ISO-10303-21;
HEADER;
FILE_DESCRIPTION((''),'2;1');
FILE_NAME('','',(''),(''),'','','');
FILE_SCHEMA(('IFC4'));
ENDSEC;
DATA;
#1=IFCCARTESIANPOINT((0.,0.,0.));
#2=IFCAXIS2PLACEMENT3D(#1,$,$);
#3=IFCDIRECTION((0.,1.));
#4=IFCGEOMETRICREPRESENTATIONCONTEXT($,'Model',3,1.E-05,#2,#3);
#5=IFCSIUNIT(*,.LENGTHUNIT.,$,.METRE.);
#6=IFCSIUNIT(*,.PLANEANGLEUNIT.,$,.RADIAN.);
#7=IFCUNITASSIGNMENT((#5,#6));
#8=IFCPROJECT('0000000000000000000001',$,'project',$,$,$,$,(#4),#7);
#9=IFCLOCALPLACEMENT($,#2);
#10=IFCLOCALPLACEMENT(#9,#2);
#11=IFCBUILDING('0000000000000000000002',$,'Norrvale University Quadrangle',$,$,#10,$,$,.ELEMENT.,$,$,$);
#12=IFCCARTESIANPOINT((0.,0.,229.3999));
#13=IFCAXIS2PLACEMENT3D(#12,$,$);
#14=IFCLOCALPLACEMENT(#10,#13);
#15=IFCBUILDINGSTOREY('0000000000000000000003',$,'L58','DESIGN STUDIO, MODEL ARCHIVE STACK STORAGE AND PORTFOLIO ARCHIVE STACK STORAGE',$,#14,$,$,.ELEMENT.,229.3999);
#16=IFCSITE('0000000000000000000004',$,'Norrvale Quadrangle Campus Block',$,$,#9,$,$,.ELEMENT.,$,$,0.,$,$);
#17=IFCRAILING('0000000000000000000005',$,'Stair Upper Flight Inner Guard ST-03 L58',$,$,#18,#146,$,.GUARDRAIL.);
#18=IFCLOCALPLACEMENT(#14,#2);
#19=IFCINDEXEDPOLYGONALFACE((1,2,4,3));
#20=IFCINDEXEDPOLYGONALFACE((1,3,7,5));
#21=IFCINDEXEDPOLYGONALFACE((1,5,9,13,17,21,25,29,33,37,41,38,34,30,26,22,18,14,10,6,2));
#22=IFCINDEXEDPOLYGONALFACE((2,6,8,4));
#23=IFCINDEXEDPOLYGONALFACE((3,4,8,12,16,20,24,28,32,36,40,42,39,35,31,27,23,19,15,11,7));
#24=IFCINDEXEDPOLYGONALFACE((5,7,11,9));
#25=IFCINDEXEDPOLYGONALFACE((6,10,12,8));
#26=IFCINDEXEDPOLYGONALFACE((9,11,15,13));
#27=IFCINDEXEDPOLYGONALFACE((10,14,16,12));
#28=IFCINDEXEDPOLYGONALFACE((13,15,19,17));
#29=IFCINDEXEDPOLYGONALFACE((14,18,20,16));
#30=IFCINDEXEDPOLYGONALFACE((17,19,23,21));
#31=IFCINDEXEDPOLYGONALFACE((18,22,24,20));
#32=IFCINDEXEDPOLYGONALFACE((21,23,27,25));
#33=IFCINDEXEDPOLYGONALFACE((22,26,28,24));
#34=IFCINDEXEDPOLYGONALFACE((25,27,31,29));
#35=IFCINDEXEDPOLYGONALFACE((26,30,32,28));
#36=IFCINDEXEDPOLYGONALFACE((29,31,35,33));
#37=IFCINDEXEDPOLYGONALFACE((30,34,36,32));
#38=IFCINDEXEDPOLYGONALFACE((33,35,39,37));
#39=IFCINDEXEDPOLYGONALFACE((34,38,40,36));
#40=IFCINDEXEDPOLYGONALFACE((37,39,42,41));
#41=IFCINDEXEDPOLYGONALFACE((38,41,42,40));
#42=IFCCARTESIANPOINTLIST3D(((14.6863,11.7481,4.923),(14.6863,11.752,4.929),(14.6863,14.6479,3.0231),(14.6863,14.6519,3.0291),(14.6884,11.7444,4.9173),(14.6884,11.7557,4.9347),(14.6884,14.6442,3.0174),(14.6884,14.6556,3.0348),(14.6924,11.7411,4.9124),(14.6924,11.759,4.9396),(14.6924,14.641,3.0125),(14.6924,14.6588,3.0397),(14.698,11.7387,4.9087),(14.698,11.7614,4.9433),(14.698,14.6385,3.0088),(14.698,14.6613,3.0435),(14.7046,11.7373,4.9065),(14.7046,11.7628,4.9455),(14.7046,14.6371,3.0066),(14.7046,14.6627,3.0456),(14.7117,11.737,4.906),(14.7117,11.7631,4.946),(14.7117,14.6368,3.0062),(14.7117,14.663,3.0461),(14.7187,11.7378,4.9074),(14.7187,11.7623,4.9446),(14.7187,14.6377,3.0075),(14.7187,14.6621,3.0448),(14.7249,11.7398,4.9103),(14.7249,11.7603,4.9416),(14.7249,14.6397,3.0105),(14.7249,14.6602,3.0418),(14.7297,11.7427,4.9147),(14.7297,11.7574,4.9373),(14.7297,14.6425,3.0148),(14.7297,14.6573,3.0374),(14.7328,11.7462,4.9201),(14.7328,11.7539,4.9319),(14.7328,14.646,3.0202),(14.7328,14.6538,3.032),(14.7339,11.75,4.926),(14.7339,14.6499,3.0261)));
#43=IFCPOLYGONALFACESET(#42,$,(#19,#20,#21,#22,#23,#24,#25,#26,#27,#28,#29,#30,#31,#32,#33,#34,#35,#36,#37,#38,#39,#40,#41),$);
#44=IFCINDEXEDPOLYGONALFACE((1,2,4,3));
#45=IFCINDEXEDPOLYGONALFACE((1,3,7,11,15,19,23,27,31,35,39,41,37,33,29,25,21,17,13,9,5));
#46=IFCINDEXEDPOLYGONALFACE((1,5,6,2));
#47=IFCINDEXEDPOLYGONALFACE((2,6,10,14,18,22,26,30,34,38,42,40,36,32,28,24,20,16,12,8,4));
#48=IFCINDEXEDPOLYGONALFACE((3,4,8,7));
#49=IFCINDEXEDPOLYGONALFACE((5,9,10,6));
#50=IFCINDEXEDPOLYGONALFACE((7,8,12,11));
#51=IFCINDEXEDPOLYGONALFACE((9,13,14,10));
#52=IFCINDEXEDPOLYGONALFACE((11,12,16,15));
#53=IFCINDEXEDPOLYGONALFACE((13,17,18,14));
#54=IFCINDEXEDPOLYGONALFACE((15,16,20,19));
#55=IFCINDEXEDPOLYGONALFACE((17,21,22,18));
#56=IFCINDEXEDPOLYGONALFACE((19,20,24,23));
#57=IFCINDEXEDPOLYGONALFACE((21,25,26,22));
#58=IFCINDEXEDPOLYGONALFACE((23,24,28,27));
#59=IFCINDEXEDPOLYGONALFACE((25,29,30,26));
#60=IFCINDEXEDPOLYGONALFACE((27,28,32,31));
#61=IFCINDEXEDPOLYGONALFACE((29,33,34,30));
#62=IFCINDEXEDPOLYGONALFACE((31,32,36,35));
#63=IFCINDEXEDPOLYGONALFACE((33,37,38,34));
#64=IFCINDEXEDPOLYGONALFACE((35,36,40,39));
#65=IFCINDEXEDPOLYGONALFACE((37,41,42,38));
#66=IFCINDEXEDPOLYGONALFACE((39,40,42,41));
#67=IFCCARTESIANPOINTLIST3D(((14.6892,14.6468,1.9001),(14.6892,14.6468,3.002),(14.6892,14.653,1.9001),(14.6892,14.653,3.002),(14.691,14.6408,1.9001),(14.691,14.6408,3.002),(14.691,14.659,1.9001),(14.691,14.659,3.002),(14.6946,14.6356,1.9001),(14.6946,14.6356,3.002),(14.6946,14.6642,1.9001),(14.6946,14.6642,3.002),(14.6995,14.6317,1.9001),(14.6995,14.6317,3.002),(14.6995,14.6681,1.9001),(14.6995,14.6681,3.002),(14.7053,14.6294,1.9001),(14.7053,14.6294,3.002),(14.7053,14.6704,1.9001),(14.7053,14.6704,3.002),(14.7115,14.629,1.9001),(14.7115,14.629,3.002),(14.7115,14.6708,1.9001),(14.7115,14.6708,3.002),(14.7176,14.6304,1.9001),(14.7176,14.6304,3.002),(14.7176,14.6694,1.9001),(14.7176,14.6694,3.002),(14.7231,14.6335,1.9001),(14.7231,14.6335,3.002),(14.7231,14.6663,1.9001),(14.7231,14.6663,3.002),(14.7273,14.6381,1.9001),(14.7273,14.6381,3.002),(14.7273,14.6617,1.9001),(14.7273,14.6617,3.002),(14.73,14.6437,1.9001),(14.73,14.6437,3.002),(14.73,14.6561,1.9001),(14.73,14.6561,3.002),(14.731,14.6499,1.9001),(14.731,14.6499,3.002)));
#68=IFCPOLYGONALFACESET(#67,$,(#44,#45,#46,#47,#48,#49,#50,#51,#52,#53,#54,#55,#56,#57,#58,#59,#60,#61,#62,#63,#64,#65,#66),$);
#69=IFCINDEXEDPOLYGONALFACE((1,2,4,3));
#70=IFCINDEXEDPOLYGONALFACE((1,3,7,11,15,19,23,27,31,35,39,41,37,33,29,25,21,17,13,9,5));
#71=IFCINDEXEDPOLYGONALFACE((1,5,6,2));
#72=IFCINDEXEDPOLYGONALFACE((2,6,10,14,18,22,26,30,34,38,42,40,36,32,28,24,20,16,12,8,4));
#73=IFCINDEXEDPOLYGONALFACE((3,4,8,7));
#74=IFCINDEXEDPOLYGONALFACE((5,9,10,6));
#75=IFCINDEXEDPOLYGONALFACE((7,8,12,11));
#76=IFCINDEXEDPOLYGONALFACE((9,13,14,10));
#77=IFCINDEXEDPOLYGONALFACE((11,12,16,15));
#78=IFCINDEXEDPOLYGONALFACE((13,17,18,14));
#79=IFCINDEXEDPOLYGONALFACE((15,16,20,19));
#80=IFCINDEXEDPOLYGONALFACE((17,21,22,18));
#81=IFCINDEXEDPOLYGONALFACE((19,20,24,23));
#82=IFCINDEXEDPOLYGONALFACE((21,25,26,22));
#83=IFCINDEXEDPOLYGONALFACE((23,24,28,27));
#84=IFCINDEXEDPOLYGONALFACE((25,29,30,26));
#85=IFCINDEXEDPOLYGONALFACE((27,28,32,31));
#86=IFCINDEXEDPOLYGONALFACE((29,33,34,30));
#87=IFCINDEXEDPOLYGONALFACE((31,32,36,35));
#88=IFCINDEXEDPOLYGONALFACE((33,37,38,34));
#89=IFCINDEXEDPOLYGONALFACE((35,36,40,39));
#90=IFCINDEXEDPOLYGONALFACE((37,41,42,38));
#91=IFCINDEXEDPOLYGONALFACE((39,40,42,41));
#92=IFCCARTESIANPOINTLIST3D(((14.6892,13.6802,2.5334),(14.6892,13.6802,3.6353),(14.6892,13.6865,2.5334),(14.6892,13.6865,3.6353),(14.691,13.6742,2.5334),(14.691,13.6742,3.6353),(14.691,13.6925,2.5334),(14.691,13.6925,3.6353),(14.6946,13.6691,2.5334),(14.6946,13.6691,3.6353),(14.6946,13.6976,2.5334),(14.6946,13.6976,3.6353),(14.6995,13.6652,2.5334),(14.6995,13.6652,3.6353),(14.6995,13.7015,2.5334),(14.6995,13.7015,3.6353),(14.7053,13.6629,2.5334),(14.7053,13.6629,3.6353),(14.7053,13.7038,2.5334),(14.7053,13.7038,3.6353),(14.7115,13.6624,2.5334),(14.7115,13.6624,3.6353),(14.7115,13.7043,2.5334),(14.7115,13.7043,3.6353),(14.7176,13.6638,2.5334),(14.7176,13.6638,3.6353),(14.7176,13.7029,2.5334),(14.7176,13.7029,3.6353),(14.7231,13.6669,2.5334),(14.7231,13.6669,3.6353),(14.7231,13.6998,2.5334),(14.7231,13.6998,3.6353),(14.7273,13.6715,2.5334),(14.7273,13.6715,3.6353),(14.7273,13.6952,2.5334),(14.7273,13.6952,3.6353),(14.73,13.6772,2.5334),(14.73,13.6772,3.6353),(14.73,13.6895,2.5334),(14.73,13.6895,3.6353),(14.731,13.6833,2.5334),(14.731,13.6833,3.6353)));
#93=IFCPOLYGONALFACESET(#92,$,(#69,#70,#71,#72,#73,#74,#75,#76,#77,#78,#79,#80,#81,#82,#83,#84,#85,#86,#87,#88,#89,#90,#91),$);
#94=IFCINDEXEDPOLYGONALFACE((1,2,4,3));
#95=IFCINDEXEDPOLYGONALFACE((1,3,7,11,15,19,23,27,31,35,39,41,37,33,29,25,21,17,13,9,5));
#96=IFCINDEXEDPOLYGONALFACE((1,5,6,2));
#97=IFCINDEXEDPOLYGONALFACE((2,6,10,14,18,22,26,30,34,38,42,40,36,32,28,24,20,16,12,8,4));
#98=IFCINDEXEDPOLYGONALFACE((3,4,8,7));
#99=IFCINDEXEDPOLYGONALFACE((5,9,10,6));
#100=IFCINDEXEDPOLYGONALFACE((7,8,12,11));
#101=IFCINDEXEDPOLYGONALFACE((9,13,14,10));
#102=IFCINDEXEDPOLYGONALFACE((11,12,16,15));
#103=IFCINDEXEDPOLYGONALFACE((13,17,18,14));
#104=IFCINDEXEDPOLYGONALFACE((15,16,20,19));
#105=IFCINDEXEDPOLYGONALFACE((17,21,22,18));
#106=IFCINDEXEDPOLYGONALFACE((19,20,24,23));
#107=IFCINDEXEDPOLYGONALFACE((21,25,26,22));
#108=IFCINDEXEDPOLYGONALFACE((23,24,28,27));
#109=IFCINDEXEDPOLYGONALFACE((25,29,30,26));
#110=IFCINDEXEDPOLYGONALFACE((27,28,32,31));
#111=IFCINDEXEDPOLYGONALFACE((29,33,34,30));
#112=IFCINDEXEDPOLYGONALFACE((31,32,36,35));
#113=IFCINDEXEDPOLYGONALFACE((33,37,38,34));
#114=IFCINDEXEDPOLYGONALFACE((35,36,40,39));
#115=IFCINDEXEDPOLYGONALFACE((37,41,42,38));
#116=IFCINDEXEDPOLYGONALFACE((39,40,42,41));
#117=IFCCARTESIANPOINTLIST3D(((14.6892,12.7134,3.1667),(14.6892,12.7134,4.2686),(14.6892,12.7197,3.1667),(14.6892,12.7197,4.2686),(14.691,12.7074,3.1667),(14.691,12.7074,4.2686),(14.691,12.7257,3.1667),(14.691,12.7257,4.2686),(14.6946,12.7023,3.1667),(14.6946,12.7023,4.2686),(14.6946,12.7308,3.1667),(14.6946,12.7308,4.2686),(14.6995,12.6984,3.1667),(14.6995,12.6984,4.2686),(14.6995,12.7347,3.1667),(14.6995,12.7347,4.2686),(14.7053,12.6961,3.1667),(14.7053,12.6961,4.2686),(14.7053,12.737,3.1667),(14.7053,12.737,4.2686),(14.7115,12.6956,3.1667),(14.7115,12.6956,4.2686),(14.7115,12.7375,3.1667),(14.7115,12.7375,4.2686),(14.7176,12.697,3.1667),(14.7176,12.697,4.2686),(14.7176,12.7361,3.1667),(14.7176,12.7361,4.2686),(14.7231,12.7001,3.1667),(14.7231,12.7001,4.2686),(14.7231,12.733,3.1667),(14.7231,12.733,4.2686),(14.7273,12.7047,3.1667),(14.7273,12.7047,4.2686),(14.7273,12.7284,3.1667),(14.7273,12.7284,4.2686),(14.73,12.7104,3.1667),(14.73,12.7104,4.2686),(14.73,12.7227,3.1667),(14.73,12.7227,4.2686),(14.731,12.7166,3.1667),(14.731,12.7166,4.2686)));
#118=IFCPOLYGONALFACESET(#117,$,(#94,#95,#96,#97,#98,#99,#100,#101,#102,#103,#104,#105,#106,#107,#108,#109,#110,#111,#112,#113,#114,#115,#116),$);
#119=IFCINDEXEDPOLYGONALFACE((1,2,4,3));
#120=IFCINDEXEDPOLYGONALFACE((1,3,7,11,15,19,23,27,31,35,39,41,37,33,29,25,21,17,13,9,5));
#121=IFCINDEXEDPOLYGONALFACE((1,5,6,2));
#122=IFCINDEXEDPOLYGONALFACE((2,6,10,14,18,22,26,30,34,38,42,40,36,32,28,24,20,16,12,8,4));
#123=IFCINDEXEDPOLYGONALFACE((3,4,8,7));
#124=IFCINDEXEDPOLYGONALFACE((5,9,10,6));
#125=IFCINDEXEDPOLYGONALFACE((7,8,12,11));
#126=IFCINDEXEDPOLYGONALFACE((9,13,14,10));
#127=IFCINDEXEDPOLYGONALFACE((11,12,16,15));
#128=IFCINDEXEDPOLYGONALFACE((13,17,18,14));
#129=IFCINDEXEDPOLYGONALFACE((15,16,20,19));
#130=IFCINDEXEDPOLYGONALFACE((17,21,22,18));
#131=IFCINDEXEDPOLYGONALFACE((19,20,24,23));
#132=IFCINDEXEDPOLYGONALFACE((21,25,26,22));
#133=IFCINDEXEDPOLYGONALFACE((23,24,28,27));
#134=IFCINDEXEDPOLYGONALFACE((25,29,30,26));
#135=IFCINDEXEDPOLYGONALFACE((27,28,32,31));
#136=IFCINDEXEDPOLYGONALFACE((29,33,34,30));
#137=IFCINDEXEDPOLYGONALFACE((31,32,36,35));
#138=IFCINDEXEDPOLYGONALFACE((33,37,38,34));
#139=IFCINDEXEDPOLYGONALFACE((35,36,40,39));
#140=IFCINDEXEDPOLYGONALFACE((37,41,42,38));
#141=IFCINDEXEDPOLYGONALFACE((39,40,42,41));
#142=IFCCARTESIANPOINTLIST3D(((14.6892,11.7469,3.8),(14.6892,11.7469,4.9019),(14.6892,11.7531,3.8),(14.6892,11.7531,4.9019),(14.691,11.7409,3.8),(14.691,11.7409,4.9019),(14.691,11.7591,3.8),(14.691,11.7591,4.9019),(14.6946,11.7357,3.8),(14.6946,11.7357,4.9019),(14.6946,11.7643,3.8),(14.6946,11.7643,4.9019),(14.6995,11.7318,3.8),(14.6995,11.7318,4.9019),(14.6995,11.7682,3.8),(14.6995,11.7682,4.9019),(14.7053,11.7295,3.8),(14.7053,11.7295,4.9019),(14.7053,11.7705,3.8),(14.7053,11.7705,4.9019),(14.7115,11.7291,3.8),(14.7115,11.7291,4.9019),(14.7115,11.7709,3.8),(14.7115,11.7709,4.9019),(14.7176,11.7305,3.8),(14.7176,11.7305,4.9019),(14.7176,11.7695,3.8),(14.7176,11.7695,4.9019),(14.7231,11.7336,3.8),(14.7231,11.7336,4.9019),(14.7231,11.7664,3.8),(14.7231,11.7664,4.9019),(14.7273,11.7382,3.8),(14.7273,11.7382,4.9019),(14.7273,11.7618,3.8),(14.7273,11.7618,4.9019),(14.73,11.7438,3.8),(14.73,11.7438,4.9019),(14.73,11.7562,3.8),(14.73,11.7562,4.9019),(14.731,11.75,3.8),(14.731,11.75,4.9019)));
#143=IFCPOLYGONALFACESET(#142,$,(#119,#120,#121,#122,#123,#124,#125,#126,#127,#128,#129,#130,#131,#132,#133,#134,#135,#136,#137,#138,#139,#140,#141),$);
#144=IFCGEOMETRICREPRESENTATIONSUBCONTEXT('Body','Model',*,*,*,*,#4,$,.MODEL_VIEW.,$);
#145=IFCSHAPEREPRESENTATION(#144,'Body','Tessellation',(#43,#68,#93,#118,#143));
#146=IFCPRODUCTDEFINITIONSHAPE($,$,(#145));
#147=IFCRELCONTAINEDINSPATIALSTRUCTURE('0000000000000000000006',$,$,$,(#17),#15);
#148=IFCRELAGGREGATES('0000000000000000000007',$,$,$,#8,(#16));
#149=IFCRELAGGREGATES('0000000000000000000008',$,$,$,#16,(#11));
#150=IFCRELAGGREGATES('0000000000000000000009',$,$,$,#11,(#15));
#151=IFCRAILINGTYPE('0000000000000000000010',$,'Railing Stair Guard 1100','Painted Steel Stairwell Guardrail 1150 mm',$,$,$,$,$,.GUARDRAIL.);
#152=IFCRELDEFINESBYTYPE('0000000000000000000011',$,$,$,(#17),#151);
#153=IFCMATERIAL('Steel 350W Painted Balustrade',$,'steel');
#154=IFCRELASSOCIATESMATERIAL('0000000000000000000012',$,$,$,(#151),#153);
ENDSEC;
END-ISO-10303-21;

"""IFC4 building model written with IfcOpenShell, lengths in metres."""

from ifc_helpers import new_model, si_unit, direction, frame, origin, origin_2d, place, context, subcontext, project, spatial, circle, extrude, material, type_object, element, save


model = new_model("IFC4")

# Units and contexts
model_context = context("Model", 3, precision=1e-05, world=origin(), true_north=direction((0.0, 1.0)))
body_context = subcontext(model_context, "Body", "Model", "MODEL_VIEW")
ifc_project = project(units=[si_unit("LENGTHUNIT", "METRE"), si_unit("PLANEANGLEUNIT", "RADIAN")], contexts=[model_context])

# Site, building, storey
site_placement = place(None, origin())
site = spatial("IfcSite", under=ifc_project, at=site_placement, Name="Norrvale Quadrangle Campus Block", CompositionType="ELEMENT", RefElevation=0.0)
building_placement = place(site_placement, origin())
building = spatial("IfcBuilding", under=site, at=building_placement, Name="Norrvale University Quadrangle", CompositionType="ELEMENT")
storey_placement = place(building_placement, frame((0.0, 0.0, 229.3999)))
storey = spatial("IfcBuildingStorey", under=building, at=storey_placement, Name="L58", Description="DESIGN STUDIO, MODEL ARCHIVE STACK STORAGE AND PORTFOLIO ARCHIVE STACK STORAGE", CompositionType="ELEMENT", Elevation=229.3999)

# Railing
ifc_material_1 = material(Name="Steel 350W Painted Balustrade", Category="steel")
railing_type_1 = type_object("IfcRailingType", Name="Railing Stair Guard 1100", Description="Painted Steel Stairwell Guardrail 1150 mm", PredefinedType="GUARDRAIL", material=ifc_material_1)
railing_1_placement = place(storey_placement, frame((14.71, 14.6499, 1.9001)))
element("IfcRailing", 1, at=railing_1_placement, inside=storey, type_object=railing_type_1, Name="Stair Upper Flight Inner Guard ST-03 L58", PredefinedType="GUARDRAIL", context=body_context, shape_type="SweptSolid", body=[
    extrude(circle(Radius=0.0239, at=origin_2d()), frame((0.0, 0.0, 1.126), z_axis=(0.0, -0.836466, 0.548019), x_axis=(1.0, 0.0, 0.0)), (0.0, 0.0, 1.0), 3.4668),
    extrude(circle(Radius=0.021, at=origin_2d()), origin(), (0.0, 0.0, 1.0), 1.1018),
    extrude(circle(Radius=0.021, at=origin_2d()), frame((0.0, -0.9666, 0.6333)), (0.0, 0.0, 1.0), 1.1018),
    extrude(circle(Radius=0.021, at=origin_2d()), frame((0.0, -1.9333, 1.2666)), (0.0, 0.0, 1.0), 1.1018),
    extrude(circle(Radius=0.021, at=origin_2d()), frame((0.0, -2.8999, 1.8999)), (0.0, 0.0, 1.0), 1.1018),
])

save(model, "model.ifc")
